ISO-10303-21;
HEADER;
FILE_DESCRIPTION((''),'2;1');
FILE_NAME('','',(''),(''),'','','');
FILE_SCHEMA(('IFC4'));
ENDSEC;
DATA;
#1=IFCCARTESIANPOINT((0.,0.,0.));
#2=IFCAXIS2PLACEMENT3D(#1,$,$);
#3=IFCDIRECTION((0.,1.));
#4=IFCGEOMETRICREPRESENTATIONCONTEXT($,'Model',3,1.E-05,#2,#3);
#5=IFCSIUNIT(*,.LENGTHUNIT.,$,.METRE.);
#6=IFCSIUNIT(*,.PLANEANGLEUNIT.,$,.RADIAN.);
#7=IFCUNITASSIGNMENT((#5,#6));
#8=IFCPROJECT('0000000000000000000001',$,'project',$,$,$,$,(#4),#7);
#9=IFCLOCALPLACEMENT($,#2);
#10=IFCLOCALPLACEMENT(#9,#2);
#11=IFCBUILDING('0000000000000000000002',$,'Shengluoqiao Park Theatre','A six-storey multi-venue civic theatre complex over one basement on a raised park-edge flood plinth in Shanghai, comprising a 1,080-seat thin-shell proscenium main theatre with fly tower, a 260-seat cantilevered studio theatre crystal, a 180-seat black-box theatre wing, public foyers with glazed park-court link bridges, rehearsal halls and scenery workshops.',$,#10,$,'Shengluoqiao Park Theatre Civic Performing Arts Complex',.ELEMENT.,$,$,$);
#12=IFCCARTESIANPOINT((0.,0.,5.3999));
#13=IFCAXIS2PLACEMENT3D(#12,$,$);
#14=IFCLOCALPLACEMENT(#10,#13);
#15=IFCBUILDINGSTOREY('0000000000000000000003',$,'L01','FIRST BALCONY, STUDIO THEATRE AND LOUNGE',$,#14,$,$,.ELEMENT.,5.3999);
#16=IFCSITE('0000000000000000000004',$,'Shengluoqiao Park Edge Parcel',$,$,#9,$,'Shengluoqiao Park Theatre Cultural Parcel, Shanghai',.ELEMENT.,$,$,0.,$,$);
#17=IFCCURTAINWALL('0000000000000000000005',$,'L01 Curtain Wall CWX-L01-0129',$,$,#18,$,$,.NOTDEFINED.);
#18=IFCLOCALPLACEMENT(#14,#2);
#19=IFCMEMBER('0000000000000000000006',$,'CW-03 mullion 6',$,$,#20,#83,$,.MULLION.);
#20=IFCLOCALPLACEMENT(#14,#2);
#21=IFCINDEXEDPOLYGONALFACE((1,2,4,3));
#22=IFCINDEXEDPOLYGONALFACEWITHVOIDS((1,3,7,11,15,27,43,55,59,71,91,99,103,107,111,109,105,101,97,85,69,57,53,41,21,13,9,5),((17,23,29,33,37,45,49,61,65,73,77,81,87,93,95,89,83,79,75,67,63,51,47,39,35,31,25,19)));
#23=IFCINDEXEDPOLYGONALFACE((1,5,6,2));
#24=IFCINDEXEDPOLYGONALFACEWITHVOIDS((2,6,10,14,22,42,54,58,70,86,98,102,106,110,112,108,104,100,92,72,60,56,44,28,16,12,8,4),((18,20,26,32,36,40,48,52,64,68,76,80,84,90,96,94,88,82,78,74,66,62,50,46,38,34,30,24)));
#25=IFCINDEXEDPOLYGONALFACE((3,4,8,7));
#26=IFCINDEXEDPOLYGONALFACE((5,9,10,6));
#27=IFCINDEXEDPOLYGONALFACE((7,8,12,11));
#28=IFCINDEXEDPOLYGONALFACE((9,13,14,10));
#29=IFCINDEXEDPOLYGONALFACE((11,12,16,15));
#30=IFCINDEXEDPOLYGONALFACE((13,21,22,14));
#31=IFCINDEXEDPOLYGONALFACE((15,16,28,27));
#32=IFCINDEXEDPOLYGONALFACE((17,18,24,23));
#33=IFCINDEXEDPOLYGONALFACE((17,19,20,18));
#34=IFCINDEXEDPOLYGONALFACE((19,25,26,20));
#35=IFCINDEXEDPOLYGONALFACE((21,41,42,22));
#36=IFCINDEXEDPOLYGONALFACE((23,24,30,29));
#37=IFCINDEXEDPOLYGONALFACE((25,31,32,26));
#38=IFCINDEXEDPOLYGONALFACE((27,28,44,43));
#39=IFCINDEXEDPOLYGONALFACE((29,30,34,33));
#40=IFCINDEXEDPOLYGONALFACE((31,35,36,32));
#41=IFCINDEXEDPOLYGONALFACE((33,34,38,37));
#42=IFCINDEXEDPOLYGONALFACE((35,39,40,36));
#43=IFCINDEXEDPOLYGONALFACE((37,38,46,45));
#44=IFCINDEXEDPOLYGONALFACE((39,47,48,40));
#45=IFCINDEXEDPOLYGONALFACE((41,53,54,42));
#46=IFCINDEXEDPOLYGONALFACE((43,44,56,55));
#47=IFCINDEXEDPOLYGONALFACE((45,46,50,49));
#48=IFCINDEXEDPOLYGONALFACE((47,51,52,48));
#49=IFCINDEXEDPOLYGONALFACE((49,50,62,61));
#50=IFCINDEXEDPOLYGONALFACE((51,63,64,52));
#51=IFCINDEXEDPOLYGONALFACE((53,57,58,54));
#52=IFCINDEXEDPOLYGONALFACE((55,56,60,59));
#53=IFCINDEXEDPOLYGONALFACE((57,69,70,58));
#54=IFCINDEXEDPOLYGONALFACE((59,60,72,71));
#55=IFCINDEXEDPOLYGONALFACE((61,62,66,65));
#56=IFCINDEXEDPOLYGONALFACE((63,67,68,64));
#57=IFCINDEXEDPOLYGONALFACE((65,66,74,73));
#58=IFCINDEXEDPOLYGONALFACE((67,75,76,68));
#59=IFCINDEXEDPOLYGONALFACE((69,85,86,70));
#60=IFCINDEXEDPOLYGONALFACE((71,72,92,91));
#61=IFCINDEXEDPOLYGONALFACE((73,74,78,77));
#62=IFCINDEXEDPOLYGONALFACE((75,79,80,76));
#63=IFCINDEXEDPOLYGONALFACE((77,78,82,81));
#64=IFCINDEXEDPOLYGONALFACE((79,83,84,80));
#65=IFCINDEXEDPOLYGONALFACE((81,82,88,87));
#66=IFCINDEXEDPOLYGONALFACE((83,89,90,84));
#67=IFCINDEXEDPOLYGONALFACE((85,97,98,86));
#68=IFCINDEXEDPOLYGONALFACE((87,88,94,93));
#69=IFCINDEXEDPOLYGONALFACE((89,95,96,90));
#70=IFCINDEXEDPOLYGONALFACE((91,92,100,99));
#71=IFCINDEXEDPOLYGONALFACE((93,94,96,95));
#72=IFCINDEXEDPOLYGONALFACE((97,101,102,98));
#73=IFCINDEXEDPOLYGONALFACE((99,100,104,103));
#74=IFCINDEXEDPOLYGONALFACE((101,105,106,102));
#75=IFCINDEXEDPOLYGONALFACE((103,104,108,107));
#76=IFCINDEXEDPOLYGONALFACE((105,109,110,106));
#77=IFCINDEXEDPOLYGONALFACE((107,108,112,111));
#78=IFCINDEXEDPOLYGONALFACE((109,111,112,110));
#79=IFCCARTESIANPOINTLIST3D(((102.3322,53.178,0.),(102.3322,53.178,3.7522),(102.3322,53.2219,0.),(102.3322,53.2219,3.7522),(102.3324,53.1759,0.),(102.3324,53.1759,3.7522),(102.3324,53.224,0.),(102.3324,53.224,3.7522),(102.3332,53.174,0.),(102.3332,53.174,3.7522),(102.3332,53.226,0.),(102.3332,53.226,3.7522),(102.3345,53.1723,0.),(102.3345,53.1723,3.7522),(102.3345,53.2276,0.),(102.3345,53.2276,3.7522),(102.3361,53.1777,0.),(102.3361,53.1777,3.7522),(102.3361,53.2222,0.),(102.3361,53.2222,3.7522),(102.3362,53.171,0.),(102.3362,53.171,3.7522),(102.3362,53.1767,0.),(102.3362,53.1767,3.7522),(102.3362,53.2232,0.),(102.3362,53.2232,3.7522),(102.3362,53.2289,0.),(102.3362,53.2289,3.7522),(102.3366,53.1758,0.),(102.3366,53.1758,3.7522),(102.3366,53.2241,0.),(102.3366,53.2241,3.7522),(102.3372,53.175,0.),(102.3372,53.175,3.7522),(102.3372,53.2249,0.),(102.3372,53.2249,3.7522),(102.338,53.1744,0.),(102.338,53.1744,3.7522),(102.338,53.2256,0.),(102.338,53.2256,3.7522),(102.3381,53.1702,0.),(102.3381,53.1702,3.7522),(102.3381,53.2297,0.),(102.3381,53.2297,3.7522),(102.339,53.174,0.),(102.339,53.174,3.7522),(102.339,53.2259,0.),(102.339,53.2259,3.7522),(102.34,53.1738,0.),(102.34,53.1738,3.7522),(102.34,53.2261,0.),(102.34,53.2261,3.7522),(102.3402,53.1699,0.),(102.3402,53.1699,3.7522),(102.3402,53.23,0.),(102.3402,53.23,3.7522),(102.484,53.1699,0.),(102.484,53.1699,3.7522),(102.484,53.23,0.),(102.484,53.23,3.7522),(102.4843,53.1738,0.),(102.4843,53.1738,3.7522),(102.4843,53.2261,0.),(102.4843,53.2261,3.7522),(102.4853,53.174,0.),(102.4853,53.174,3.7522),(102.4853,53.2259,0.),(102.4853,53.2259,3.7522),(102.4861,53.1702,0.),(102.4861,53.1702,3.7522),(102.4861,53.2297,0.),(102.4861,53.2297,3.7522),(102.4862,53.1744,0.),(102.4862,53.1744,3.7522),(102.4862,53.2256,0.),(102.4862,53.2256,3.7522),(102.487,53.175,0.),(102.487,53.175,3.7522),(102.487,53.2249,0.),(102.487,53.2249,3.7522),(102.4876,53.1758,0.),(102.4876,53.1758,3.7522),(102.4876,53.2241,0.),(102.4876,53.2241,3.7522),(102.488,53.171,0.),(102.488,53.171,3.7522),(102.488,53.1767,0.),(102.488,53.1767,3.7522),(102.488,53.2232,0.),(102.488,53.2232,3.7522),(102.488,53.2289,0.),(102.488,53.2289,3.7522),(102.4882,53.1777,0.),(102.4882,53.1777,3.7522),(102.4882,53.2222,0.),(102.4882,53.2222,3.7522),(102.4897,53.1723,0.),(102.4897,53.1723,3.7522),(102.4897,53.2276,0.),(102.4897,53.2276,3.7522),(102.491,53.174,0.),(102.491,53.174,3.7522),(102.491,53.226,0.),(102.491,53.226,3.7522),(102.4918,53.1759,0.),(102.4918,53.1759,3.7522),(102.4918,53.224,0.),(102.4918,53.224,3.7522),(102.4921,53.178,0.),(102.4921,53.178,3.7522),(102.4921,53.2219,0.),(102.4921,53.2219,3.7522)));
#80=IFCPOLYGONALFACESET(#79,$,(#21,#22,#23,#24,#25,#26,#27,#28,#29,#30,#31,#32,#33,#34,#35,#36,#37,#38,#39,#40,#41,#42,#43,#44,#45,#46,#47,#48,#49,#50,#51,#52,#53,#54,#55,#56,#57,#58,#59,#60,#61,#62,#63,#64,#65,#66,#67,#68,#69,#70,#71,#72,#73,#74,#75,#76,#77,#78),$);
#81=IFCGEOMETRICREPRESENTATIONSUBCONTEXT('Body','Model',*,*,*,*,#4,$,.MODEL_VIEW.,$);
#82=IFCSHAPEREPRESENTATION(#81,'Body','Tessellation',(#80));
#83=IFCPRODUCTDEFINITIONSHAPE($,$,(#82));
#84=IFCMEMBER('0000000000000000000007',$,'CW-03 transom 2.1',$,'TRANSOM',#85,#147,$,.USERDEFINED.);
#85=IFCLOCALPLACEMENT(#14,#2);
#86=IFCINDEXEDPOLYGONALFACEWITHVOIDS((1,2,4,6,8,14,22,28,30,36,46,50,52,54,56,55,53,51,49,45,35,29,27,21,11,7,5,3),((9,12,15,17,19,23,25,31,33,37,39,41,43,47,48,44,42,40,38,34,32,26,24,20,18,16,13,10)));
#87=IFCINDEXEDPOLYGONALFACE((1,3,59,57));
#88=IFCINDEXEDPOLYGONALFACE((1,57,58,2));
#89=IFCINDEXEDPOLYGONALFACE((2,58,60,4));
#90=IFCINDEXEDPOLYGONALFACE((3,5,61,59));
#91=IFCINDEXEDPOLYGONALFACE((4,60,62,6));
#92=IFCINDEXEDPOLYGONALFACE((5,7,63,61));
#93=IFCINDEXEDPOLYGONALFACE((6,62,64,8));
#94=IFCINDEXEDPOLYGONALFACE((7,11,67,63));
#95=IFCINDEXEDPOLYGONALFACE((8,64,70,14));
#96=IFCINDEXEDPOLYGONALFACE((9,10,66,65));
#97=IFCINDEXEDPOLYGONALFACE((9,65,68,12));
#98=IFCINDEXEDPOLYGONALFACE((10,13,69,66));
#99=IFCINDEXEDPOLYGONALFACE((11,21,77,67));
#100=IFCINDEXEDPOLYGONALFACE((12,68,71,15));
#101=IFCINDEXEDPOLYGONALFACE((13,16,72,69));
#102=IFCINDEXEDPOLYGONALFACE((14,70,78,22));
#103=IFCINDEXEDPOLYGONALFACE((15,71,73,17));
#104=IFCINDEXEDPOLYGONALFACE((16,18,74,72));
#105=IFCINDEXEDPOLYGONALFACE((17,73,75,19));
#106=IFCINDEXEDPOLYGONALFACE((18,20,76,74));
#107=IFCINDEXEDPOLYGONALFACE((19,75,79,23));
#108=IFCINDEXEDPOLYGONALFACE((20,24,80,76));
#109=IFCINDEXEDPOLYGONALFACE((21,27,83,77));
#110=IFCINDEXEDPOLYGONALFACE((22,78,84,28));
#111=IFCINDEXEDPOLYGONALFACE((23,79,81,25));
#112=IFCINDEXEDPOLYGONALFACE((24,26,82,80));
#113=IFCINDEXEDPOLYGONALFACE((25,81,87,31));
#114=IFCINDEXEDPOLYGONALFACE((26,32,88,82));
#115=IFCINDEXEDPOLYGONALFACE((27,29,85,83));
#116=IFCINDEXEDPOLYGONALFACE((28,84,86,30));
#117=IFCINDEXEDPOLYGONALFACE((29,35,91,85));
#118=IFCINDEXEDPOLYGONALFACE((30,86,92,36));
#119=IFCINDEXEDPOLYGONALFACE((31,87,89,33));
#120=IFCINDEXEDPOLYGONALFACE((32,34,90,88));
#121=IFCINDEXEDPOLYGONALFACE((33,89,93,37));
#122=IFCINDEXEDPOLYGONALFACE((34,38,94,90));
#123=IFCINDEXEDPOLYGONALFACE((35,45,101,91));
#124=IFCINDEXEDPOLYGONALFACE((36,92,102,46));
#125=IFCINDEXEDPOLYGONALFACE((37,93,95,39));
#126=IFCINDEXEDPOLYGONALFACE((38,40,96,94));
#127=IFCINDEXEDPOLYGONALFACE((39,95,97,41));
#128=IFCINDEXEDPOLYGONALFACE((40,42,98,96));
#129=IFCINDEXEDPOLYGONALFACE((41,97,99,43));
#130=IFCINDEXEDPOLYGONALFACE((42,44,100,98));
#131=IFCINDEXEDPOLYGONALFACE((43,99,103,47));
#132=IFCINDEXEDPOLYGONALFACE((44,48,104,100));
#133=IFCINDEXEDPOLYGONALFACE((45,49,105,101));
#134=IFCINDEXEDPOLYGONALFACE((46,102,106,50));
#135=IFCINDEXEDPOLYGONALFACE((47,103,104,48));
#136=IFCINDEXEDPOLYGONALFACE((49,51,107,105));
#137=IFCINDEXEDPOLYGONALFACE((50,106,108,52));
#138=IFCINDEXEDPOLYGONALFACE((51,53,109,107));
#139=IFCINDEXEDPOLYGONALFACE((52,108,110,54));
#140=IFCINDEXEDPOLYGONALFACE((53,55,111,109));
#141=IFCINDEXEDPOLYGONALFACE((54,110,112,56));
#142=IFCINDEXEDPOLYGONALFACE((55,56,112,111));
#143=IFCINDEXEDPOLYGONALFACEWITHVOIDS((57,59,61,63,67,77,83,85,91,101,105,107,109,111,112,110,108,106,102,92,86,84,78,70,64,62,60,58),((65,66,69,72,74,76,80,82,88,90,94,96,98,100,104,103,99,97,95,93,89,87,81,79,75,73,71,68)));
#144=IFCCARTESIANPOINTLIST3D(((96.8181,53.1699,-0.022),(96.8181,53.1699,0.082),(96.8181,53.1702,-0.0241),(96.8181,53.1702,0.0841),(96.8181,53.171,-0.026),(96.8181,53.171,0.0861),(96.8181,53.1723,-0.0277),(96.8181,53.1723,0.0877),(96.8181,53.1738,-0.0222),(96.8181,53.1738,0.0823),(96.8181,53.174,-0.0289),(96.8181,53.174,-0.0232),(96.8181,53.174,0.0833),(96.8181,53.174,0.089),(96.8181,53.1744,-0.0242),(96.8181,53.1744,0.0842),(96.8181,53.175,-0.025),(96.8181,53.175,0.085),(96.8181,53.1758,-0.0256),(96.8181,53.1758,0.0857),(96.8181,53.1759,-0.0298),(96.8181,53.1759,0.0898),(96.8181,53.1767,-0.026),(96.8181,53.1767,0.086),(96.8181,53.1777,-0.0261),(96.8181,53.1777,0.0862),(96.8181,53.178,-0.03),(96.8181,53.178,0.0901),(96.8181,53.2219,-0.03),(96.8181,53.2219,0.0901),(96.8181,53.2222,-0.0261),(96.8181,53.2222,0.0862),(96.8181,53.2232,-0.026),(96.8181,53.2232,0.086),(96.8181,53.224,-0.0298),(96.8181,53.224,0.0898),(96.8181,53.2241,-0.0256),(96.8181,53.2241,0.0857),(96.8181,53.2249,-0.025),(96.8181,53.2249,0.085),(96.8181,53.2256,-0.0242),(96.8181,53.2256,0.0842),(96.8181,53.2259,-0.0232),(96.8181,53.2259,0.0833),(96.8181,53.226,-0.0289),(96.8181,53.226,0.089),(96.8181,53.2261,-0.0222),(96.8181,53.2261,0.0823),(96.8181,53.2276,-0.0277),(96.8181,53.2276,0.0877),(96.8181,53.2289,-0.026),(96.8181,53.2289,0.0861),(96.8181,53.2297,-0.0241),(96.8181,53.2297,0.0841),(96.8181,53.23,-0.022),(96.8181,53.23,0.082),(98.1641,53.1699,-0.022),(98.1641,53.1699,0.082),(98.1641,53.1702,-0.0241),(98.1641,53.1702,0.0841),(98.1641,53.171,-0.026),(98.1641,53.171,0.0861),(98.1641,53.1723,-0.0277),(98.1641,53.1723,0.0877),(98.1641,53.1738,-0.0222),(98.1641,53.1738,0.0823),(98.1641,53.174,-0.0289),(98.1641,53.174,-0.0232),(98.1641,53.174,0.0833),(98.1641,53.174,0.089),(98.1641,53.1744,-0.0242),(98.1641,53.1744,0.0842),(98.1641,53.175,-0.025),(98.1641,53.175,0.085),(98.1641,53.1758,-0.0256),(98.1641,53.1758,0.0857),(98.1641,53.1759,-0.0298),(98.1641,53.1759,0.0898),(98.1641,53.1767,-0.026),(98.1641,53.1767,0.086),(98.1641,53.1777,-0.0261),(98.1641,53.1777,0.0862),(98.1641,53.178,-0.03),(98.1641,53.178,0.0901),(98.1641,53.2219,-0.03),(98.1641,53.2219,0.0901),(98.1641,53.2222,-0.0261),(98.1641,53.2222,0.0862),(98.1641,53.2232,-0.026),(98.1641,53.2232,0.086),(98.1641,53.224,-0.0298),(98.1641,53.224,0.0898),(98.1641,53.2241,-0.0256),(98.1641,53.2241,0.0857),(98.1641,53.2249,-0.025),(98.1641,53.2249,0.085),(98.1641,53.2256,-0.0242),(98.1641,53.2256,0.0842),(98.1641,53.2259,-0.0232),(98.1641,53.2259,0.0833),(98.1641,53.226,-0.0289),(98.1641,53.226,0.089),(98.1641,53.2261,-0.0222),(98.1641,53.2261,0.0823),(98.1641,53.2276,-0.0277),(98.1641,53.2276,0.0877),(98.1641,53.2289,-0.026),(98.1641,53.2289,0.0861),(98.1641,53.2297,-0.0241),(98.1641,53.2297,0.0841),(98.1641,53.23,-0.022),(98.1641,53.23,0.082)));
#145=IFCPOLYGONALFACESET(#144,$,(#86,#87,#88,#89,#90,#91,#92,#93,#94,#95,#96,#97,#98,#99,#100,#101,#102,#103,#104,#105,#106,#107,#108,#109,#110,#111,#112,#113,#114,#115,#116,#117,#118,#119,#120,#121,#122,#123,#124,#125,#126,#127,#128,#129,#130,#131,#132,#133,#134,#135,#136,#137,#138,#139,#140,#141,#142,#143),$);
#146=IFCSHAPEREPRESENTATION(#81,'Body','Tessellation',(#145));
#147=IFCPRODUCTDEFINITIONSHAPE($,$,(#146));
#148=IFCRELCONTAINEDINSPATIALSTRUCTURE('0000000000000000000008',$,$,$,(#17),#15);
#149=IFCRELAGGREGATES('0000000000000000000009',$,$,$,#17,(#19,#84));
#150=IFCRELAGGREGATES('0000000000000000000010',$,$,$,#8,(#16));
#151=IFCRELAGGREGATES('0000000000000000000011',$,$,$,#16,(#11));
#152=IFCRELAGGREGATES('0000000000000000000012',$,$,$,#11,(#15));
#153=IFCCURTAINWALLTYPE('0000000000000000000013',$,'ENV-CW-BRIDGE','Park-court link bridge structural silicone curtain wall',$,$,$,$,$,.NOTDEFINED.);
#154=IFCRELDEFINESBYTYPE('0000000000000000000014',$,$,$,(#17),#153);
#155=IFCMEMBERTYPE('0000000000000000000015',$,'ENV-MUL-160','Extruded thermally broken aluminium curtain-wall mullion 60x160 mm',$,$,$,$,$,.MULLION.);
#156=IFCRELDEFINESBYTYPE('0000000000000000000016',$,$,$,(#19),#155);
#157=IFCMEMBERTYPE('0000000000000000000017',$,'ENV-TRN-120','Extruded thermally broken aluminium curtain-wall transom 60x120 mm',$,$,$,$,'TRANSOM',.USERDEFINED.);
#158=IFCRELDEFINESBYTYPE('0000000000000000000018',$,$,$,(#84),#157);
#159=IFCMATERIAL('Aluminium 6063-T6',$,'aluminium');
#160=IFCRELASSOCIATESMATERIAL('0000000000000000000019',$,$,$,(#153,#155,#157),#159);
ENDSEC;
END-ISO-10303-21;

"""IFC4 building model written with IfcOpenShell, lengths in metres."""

from ifc_helpers import new_model, si_unit, direction, frame, origin, origin_2d, place, context, subcontext, project, spatial, hollow_rectangle, extrude, material, material_profile, profile_set, type_object, element, aggregate, save


model = new_model("IFC4")

# Units and contexts
model_context = context("Model", 3, precision=1e-05, world=origin(), true_north=direction((0.0, 1.0)))
body_context = subcontext(model_context, "Body", "Model", "MODEL_VIEW")
ifc_project = project(units=[si_unit("LENGTHUNIT", "METRE"), si_unit("PLANEANGLEUNIT", "RADIAN")], contexts=[model_context])

# Site, building, storey
site_placement = place(None, origin())
site = spatial("IfcSite", under=ifc_project, at=site_placement, Name="Shengluoqiao Park Edge Parcel", LongName="Shengluoqiao Park Theatre Cultural Parcel, Shanghai", CompositionType="ELEMENT", RefElevation=0.0)
building_placement = place(site_placement, origin())
building = spatial("IfcBuilding", under=site, at=building_placement, Name="Shengluoqiao Park Theatre", Description="A six-storey multi-venue civic theatre complex over one basement on a raised park-edge flood plinth in Shanghai, comprising a 1,080-seat thin-shell proscenium main theatre with fly tower, a 260-seat cantilevered studio theatre crystal, a 180-seat black-box theatre wing, public foyers with glazed park-court link bridges, rehearsal halls and scenery workshops.", LongName="Shengluoqiao Park Theatre Civic Performing Arts Complex", CompositionType="ELEMENT")
storey_placement = place(building_placement, frame((0.0, 0.0, 5.3999)))
storey = spatial("IfcBuildingStorey", under=building, at=storey_placement, Name="L01", Description="FIRST BALCONY, STUDIO THEATRE AND LOUNGE", CompositionType="ELEMENT", Elevation=5.3999)

# Curtain wall, members
ifc_material_1 = material(Name="Aluminium 6063-T6", Category="aluminium")
curtain_wall_type = type_object("IfcCurtainWallType", Name="ENV-CW-BRIDGE", Description="Park-court link bridge structural silicone curtain wall", PredefinedType="NOTDEFINED", material=ifc_material_1)
curtain_wall_placement = place(storey_placement, origin())
curtain_wall = element("IfcCurtainWall", 1, at=curtain_wall_placement, inside=storey, type_object=curtain_wall_type, Name="L01 Curtain Wall CWX-L01-0129", PredefinedType="NOTDEFINED")
ifc_material_profile_1 = material_profile(ifc_material_1, hollow_rectangle(XDim=0.0601, YDim=0.1599, WallThickness=0.0039, InnerFilletRadius=0.0039, OuterFilletRadius=0.0081, at=origin_2d()), Name="ALU MULLION 160x60x4")
ifc_profile_set_1 = profile_set([ifc_material_profile_1], Name="Aluminium 6063-T6")
member_type_1 = type_object("IfcMemberType", Name="ENV-MUL-160", Description="Extruded thermally broken aluminium curtain-wall mullion 60x160 mm", PredefinedType="MULLION", material=ifc_profile_set_1)
member_1_placement = place(storey_placement, frame((102.4121, 53.2, 0.0), z_axis=(0.0, 0.0, 1.0), x_axis=(0.0, 1.0, 0.0)))
member_1 = element("IfcMember", 2, at=member_1_placement, type_object=member_type_1, Name="CW-03 mullion 6", PredefinedType="MULLION", context=body_context, shape_type="SweptSolid", body=[
    extrude(hollow_rectangle(XDim=0.0601, YDim=0.1599, WallThickness=0.0039, InnerFilletRadius=0.0039, OuterFilletRadius=0.0081, at=origin_2d()), origin(), (0.0, 0.0, 1.0), 3.7522),
])
ifc_material_profile_2 = material_profile(ifc_material_1, hollow_rectangle(XDim=0.0601, YDim=0.1201, WallThickness=0.0039, InnerFilletRadius=0.0039, OuterFilletRadius=0.0081, at=origin_2d()), Name="ALU TRANSOM 120x60x4")
ifc_profile_set_2 = profile_set([ifc_material_profile_2], Name="Aluminium 6063-T6")
member_type_2 = type_object("IfcMemberType", Name="ENV-TRN-120", Description="Extruded thermally broken aluminium curtain-wall transom 60x120 mm", ElementType="TRANSOM", PredefinedType="USERDEFINED", material=ifc_profile_set_2)
member_2_placement = place(storey_placement, frame((96.8181, 53.2, 0.03), z_axis=(1.0, 0.0, 0.0), x_axis=(0.0, 1.0, 0.0)))
member_2 = element("IfcMember", 3, at=member_2_placement, type_object=member_type_2, Name="CW-03 transom 2.1", ObjectType="TRANSOM", PredefinedType="USERDEFINED", context=body_context, shape_type="SweptSolid", body=[
    extrude(hollow_rectangle(XDim=0.0601, YDim=0.1201, WallThickness=0.0039, InnerFilletRadius=0.0039, OuterFilletRadius=0.0081, at=origin_2d()), origin(), (0.0, 0.0, 1.0), 1.3459),
])

aggregate(curtain_wall, [member_1, member_2])

save(model, "model.ifc")
